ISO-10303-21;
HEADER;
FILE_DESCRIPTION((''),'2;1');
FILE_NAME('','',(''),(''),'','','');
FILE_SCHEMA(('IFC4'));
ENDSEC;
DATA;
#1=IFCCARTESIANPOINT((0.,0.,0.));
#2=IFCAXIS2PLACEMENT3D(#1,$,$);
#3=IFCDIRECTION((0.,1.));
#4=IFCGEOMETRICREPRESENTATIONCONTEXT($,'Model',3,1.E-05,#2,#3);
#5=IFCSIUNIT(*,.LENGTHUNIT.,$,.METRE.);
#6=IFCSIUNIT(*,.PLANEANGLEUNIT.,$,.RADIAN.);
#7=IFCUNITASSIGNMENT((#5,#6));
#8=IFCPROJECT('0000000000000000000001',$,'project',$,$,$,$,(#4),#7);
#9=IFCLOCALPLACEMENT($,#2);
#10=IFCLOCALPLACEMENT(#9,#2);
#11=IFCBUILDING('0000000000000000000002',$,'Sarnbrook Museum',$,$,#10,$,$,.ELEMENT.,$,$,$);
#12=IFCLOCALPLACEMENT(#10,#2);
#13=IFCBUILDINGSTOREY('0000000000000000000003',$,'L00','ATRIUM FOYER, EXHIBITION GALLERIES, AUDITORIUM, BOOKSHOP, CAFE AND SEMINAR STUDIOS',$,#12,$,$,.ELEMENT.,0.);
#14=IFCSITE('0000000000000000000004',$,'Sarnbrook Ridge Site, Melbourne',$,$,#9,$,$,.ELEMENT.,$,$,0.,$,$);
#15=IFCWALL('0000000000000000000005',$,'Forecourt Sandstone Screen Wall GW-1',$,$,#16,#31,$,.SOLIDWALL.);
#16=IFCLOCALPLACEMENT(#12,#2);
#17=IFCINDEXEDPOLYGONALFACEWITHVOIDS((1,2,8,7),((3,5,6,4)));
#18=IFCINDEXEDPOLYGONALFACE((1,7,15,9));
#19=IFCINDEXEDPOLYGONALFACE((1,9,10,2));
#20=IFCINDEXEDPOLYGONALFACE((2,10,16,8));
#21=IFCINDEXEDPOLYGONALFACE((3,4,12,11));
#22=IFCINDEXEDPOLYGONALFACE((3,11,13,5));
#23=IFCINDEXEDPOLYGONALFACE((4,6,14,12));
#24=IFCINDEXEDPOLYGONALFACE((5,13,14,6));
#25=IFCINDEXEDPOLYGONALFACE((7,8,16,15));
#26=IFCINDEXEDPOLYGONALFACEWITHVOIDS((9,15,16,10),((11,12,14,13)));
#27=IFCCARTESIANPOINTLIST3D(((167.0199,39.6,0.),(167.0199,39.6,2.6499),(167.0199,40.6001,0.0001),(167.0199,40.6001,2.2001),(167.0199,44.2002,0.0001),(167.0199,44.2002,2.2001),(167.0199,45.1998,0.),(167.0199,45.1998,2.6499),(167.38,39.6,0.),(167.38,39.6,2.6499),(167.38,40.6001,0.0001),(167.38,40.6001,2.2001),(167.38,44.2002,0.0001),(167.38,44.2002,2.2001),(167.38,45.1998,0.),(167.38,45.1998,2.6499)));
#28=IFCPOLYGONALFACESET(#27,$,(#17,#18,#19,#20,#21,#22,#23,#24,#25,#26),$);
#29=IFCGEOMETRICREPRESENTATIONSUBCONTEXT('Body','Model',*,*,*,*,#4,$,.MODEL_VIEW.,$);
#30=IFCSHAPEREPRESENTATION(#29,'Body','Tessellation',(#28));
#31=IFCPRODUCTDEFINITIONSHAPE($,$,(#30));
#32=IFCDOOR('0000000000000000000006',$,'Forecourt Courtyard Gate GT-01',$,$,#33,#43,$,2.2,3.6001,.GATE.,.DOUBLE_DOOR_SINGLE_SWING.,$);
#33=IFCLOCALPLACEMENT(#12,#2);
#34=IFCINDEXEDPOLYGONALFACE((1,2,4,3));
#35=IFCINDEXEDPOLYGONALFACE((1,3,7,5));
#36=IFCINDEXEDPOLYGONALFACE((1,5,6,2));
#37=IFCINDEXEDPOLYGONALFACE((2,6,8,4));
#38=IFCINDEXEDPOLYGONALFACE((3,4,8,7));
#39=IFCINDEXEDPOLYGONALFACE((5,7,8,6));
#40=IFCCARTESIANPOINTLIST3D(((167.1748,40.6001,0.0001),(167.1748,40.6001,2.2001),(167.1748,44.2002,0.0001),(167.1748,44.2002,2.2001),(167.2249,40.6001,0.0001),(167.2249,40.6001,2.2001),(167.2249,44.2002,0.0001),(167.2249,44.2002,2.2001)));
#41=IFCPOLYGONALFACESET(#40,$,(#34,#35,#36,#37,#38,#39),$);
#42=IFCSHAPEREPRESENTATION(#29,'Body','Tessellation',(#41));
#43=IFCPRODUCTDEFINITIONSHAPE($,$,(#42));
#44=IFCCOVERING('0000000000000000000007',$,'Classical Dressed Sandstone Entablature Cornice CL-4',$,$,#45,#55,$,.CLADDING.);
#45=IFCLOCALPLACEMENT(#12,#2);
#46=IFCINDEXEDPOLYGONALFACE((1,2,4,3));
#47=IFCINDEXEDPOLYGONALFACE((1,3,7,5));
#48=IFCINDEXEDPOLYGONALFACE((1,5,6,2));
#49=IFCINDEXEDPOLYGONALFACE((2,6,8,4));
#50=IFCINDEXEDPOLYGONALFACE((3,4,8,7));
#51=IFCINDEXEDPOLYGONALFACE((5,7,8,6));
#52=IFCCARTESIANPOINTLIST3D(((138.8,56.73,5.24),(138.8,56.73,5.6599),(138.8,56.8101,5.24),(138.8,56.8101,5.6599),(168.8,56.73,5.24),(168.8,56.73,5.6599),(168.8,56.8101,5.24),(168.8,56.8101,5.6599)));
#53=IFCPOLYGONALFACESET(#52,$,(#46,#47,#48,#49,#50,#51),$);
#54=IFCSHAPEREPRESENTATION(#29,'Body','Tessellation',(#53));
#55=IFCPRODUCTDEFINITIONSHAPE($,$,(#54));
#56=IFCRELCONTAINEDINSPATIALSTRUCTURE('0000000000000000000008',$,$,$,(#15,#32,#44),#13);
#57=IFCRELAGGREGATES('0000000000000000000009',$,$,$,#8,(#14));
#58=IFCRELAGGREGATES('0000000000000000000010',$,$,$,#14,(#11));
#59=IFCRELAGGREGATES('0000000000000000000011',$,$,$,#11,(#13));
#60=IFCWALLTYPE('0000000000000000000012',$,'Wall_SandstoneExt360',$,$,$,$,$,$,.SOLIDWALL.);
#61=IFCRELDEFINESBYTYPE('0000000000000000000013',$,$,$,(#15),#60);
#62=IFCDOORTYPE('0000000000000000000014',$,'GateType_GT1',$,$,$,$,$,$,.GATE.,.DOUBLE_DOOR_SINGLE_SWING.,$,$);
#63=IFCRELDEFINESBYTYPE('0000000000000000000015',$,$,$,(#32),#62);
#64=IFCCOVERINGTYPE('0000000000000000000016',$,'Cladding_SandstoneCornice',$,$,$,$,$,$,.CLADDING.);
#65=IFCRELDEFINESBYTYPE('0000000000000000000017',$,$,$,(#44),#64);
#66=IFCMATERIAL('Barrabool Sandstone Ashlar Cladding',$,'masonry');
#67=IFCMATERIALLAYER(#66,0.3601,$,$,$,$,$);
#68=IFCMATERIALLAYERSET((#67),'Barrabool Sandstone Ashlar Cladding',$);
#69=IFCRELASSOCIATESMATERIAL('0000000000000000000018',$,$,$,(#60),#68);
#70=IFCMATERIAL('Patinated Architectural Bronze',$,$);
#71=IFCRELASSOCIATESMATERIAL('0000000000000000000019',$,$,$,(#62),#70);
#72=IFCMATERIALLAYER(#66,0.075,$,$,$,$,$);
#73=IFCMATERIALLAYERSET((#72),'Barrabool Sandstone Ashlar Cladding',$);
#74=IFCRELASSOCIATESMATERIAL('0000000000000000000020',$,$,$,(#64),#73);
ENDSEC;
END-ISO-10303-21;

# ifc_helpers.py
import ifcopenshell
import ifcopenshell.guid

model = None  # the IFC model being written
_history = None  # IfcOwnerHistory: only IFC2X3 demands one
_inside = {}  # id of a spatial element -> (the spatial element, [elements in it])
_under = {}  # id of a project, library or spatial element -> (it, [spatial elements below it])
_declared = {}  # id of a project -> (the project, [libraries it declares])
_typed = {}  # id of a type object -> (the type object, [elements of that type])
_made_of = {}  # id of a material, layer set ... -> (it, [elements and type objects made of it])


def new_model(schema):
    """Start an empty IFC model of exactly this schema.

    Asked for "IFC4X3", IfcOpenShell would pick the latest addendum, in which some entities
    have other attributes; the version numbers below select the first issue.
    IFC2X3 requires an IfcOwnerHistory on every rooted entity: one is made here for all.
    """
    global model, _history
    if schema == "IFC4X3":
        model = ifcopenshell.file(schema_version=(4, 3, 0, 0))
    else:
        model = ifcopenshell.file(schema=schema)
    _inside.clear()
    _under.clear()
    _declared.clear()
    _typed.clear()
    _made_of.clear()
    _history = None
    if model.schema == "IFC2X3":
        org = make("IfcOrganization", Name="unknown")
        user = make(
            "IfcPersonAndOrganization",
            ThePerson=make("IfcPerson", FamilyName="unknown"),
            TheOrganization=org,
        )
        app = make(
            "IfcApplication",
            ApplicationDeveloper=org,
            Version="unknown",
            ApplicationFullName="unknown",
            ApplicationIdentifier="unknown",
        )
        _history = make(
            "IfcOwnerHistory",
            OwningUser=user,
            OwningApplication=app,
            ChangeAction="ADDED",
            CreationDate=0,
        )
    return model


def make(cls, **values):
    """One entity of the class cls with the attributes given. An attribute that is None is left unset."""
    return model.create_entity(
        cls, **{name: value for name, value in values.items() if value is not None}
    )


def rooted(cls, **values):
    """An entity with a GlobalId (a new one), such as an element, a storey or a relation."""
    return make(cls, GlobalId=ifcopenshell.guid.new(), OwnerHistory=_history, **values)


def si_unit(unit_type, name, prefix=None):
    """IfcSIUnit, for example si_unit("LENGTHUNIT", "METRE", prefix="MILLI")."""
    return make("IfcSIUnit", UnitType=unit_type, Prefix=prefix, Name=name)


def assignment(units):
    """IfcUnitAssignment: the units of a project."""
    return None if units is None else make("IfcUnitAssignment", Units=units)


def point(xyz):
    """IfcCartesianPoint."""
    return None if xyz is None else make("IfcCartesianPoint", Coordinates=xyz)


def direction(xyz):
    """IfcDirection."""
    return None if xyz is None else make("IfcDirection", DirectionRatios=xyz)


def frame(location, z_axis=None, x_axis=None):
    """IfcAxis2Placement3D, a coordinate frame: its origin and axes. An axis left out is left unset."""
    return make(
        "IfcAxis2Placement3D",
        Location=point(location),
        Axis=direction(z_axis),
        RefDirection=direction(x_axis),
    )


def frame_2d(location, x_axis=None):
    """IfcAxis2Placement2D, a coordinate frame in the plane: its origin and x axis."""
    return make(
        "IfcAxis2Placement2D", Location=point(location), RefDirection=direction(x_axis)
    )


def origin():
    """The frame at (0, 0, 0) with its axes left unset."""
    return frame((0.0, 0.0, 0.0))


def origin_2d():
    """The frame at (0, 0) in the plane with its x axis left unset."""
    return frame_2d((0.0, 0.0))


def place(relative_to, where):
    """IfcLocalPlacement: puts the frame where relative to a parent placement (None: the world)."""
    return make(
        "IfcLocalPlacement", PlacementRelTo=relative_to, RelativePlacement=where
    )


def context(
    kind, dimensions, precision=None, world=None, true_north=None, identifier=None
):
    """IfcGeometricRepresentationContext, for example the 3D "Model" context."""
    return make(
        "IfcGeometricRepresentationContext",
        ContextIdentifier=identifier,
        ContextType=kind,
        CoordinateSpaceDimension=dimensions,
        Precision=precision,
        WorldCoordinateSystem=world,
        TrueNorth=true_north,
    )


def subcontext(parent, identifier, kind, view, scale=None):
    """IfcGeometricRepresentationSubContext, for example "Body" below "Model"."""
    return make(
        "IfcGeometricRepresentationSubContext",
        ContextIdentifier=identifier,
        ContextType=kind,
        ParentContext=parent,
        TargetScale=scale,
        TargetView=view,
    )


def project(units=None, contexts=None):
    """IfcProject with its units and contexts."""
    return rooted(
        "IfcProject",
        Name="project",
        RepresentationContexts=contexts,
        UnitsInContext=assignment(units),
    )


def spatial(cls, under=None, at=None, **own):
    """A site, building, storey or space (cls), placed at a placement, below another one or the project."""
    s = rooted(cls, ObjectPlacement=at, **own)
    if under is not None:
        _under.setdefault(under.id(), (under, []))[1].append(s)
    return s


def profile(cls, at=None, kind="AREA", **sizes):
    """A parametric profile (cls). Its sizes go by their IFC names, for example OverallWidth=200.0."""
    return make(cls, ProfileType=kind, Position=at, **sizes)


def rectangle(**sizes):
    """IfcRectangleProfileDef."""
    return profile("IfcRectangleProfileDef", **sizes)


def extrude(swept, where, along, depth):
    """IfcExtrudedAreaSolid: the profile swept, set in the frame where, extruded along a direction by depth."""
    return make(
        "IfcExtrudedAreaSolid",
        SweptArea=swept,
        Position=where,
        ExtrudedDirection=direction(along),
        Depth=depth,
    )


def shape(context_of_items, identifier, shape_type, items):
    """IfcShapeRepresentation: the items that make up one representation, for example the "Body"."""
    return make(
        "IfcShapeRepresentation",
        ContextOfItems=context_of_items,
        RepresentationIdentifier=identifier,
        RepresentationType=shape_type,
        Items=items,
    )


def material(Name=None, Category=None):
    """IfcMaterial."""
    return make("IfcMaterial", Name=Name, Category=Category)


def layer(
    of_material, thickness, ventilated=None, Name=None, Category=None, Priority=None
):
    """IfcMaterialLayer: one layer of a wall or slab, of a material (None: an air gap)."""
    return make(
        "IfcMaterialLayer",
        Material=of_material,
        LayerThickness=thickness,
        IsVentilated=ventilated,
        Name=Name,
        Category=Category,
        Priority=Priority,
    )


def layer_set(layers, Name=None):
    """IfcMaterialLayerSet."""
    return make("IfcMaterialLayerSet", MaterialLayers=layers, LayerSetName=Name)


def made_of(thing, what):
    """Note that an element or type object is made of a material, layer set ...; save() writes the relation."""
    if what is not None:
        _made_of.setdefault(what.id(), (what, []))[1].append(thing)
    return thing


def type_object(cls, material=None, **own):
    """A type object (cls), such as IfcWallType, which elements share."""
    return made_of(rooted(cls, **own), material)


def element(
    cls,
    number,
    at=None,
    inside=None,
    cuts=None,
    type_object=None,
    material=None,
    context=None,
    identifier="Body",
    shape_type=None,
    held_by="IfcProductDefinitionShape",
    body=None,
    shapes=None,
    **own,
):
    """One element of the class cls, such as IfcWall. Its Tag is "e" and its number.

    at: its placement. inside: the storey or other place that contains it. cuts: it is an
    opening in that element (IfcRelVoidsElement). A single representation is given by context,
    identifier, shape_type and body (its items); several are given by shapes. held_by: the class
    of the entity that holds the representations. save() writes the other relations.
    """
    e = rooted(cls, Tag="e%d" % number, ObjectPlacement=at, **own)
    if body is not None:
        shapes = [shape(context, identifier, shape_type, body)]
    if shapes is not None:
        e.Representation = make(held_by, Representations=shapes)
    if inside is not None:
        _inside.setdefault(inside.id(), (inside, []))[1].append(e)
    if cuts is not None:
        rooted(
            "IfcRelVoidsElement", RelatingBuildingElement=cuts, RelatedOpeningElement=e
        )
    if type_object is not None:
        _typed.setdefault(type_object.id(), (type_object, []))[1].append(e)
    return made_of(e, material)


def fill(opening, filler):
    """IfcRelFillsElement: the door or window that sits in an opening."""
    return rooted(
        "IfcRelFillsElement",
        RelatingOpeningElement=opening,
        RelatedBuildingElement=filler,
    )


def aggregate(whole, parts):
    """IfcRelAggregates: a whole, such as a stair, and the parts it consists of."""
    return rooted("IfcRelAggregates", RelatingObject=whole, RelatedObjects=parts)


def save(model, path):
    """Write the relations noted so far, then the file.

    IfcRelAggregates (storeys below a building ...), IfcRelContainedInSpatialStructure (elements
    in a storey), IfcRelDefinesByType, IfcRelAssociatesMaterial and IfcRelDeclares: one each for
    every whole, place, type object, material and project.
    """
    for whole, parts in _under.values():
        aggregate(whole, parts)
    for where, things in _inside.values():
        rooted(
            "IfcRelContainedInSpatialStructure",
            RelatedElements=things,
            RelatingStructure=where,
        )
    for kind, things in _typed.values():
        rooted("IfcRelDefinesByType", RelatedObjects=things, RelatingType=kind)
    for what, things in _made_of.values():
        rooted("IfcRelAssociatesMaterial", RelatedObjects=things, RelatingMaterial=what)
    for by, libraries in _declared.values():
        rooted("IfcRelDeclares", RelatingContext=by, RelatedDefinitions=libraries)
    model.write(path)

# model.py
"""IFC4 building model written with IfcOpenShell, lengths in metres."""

from ifc_helpers import new_model, si_unit, direction, frame, frame_2d, origin, origin_2d, place, context, subcontext, project, spatial, rectangle, extrude, material, layer, layer_set, type_object, element, fill, save


model = new_model("IFC4")

# Units and contexts
model_context = context("Model", 3, precision=1e-05, world=origin(), true_north=direction((0.0, 1.0)))
body_context = subcontext(model_context, "Body", "Model", "MODEL_VIEW")
ifc_project = project(units=[si_unit("LENGTHUNIT", "METRE"), si_unit("PLANEANGLEUNIT", "RADIAN")], contexts=[model_context])

# Site, building, storey
site_placement = place(None, origin())
site = spatial("IfcSite", under=ifc_project, at=site_placement, Name="Sarnbrook Ridge Site, Melbourne", CompositionType="ELEMENT", RefElevation=0.0)
building_placement = place(site_placement, origin())
building = spatial("IfcBuilding", under=site, at=building_placement, Name="Sarnbrook Museum", CompositionType="ELEMENT")
storey_placement = place(building_placement, origin())
storey = spatial("IfcBuildingStorey", under=building, at=storey_placement, Name="L00", Description="ATRIUM FOYER, EXHIBITION GALLERIES, AUDITORIUM, BOOKSHOP, CAFE AND SEMINAR STUDIOS", CompositionType="ELEMENT", Elevation=0.0)

# Wall, opening, door
ifc_material_1 = material(Name="Barrabool Sandstone Ashlar Cladding", Category="masonry")
ifc_layer_1 = layer(ifc_material_1, 0.3601)
ifc_layer_set_1 = layer_set([ifc_layer_1], Name="Barrabool Sandstone Ashlar Cladding")
wall_type = type_object("IfcWallType", Name="Wall_SandstoneExt360", PredefinedType="SOLIDWALL", material=ifc_layer_set_1)
wall_1_placement = place(storey_placement, frame((167.2, 39.6001, 0.0), z_axis=(0.0, 0.0, 1.0), x_axis=(0.0, 1.0, 0.0)))
wall_1 = element("IfcWall", 1, at=wall_1_placement, inside=storey, type_object=wall_type, Name="Forecourt Sandstone Screen Wall GW-1", PredefinedType="SOLIDWALL", context=body_context, shape_type="SweptSolid", body=[
    extrude(rectangle(XDim=5.5999, YDim=0.3601, at=frame_2d((2.7998, 0.0))), origin(), (0.0, 0.0, 1.0), 2.6499),
])
opening_1_placement = place(wall_1_placement, frame((1.0, 0.0, 0.0)))
opening_1 = element("IfcOpeningElement", 2, at=opening_1_placement, cuts=wall_1, PredefinedType="OPENING", context=body_context, shape_type="SweptSolid", body=[
    extrude(rectangle(XDim=3.6001, YDim=2.2, at=frame_2d((1.8, 1.1001))), frame((0.0, 0.1899, 0.0), z_axis=(0.0, -1.0, 0.0), x_axis=(1.0, 0.0, 0.0)), (0.0, 0.0, 1.0), 0.3801),
])
ifc_material_2 = material(Name="Patinated Architectural Bronze")
door_type_1 = type_object("IfcDoorType", Name="GateType_GT1", OperationType="DOUBLE_DOOR_SINGLE_SWING", PredefinedType="GATE", material=ifc_material_2)
door_1_placement = place(opening_1_placement, frame((3.6001, 0.0, 0.0), z_axis=(0.0, 0.0, 1.0), x_axis=(-1.0, 0.0, 0.0)))
door_1 = element("IfcDoor", 3, at=door_1_placement, inside=storey, type_object=door_type_1, Name="Forecourt Courtyard Gate GT-01", OperationType="DOUBLE_DOOR_SINGLE_SWING", OverallHeight=2.2, OverallWidth=3.6001, PredefinedType="GATE", context=body_context, shape_type="SweptSolid", body=[
    extrude(rectangle(XDim=3.6001, YDim=2.2, at=frame_2d((1.8, 1.1001))), frame((0.0, 0.0249, 0.0), z_axis=(0.0, -1.0, 0.0), x_axis=(1.0, 0.0, 0.0)), (0.0, 0.0, 1.0), 0.05),
])
fill(opening_1, door_1)

# Covering
ifc_layer_2 = layer(ifc_material_1, 0.075)
ifc_layer_set_2 = layer_set([ifc_layer_2], Name="Barrabool Sandstone Ashlar Cladding")
covering_type = type_object("IfcCoveringType", Name="Cladding_SandstoneCornice", PredefinedType="CLADDING", material=ifc_layer_set_2)
covering_placement = place(storey_placement, frame((153.8, 56.77, 5.24), z_axis=(0.0, 0.0, 1.0), x_axis=(1.0, 0.0, 0.0)))
element("IfcCovering", 4, at=covering_placement, inside=storey, type_object=covering_type, Name="Classical Dressed Sandstone Entablature Cornice CL-4", PredefinedType="CLADDING", context=body_context, shape_type="SweptSolid", body=[
    extrude(rectangle(XDim=30.0, YDim=0.0801, at=origin_2d()), origin(), (0.0, 0.0, 1.0), 0.4199),
])

save(model, "model.ifc")
